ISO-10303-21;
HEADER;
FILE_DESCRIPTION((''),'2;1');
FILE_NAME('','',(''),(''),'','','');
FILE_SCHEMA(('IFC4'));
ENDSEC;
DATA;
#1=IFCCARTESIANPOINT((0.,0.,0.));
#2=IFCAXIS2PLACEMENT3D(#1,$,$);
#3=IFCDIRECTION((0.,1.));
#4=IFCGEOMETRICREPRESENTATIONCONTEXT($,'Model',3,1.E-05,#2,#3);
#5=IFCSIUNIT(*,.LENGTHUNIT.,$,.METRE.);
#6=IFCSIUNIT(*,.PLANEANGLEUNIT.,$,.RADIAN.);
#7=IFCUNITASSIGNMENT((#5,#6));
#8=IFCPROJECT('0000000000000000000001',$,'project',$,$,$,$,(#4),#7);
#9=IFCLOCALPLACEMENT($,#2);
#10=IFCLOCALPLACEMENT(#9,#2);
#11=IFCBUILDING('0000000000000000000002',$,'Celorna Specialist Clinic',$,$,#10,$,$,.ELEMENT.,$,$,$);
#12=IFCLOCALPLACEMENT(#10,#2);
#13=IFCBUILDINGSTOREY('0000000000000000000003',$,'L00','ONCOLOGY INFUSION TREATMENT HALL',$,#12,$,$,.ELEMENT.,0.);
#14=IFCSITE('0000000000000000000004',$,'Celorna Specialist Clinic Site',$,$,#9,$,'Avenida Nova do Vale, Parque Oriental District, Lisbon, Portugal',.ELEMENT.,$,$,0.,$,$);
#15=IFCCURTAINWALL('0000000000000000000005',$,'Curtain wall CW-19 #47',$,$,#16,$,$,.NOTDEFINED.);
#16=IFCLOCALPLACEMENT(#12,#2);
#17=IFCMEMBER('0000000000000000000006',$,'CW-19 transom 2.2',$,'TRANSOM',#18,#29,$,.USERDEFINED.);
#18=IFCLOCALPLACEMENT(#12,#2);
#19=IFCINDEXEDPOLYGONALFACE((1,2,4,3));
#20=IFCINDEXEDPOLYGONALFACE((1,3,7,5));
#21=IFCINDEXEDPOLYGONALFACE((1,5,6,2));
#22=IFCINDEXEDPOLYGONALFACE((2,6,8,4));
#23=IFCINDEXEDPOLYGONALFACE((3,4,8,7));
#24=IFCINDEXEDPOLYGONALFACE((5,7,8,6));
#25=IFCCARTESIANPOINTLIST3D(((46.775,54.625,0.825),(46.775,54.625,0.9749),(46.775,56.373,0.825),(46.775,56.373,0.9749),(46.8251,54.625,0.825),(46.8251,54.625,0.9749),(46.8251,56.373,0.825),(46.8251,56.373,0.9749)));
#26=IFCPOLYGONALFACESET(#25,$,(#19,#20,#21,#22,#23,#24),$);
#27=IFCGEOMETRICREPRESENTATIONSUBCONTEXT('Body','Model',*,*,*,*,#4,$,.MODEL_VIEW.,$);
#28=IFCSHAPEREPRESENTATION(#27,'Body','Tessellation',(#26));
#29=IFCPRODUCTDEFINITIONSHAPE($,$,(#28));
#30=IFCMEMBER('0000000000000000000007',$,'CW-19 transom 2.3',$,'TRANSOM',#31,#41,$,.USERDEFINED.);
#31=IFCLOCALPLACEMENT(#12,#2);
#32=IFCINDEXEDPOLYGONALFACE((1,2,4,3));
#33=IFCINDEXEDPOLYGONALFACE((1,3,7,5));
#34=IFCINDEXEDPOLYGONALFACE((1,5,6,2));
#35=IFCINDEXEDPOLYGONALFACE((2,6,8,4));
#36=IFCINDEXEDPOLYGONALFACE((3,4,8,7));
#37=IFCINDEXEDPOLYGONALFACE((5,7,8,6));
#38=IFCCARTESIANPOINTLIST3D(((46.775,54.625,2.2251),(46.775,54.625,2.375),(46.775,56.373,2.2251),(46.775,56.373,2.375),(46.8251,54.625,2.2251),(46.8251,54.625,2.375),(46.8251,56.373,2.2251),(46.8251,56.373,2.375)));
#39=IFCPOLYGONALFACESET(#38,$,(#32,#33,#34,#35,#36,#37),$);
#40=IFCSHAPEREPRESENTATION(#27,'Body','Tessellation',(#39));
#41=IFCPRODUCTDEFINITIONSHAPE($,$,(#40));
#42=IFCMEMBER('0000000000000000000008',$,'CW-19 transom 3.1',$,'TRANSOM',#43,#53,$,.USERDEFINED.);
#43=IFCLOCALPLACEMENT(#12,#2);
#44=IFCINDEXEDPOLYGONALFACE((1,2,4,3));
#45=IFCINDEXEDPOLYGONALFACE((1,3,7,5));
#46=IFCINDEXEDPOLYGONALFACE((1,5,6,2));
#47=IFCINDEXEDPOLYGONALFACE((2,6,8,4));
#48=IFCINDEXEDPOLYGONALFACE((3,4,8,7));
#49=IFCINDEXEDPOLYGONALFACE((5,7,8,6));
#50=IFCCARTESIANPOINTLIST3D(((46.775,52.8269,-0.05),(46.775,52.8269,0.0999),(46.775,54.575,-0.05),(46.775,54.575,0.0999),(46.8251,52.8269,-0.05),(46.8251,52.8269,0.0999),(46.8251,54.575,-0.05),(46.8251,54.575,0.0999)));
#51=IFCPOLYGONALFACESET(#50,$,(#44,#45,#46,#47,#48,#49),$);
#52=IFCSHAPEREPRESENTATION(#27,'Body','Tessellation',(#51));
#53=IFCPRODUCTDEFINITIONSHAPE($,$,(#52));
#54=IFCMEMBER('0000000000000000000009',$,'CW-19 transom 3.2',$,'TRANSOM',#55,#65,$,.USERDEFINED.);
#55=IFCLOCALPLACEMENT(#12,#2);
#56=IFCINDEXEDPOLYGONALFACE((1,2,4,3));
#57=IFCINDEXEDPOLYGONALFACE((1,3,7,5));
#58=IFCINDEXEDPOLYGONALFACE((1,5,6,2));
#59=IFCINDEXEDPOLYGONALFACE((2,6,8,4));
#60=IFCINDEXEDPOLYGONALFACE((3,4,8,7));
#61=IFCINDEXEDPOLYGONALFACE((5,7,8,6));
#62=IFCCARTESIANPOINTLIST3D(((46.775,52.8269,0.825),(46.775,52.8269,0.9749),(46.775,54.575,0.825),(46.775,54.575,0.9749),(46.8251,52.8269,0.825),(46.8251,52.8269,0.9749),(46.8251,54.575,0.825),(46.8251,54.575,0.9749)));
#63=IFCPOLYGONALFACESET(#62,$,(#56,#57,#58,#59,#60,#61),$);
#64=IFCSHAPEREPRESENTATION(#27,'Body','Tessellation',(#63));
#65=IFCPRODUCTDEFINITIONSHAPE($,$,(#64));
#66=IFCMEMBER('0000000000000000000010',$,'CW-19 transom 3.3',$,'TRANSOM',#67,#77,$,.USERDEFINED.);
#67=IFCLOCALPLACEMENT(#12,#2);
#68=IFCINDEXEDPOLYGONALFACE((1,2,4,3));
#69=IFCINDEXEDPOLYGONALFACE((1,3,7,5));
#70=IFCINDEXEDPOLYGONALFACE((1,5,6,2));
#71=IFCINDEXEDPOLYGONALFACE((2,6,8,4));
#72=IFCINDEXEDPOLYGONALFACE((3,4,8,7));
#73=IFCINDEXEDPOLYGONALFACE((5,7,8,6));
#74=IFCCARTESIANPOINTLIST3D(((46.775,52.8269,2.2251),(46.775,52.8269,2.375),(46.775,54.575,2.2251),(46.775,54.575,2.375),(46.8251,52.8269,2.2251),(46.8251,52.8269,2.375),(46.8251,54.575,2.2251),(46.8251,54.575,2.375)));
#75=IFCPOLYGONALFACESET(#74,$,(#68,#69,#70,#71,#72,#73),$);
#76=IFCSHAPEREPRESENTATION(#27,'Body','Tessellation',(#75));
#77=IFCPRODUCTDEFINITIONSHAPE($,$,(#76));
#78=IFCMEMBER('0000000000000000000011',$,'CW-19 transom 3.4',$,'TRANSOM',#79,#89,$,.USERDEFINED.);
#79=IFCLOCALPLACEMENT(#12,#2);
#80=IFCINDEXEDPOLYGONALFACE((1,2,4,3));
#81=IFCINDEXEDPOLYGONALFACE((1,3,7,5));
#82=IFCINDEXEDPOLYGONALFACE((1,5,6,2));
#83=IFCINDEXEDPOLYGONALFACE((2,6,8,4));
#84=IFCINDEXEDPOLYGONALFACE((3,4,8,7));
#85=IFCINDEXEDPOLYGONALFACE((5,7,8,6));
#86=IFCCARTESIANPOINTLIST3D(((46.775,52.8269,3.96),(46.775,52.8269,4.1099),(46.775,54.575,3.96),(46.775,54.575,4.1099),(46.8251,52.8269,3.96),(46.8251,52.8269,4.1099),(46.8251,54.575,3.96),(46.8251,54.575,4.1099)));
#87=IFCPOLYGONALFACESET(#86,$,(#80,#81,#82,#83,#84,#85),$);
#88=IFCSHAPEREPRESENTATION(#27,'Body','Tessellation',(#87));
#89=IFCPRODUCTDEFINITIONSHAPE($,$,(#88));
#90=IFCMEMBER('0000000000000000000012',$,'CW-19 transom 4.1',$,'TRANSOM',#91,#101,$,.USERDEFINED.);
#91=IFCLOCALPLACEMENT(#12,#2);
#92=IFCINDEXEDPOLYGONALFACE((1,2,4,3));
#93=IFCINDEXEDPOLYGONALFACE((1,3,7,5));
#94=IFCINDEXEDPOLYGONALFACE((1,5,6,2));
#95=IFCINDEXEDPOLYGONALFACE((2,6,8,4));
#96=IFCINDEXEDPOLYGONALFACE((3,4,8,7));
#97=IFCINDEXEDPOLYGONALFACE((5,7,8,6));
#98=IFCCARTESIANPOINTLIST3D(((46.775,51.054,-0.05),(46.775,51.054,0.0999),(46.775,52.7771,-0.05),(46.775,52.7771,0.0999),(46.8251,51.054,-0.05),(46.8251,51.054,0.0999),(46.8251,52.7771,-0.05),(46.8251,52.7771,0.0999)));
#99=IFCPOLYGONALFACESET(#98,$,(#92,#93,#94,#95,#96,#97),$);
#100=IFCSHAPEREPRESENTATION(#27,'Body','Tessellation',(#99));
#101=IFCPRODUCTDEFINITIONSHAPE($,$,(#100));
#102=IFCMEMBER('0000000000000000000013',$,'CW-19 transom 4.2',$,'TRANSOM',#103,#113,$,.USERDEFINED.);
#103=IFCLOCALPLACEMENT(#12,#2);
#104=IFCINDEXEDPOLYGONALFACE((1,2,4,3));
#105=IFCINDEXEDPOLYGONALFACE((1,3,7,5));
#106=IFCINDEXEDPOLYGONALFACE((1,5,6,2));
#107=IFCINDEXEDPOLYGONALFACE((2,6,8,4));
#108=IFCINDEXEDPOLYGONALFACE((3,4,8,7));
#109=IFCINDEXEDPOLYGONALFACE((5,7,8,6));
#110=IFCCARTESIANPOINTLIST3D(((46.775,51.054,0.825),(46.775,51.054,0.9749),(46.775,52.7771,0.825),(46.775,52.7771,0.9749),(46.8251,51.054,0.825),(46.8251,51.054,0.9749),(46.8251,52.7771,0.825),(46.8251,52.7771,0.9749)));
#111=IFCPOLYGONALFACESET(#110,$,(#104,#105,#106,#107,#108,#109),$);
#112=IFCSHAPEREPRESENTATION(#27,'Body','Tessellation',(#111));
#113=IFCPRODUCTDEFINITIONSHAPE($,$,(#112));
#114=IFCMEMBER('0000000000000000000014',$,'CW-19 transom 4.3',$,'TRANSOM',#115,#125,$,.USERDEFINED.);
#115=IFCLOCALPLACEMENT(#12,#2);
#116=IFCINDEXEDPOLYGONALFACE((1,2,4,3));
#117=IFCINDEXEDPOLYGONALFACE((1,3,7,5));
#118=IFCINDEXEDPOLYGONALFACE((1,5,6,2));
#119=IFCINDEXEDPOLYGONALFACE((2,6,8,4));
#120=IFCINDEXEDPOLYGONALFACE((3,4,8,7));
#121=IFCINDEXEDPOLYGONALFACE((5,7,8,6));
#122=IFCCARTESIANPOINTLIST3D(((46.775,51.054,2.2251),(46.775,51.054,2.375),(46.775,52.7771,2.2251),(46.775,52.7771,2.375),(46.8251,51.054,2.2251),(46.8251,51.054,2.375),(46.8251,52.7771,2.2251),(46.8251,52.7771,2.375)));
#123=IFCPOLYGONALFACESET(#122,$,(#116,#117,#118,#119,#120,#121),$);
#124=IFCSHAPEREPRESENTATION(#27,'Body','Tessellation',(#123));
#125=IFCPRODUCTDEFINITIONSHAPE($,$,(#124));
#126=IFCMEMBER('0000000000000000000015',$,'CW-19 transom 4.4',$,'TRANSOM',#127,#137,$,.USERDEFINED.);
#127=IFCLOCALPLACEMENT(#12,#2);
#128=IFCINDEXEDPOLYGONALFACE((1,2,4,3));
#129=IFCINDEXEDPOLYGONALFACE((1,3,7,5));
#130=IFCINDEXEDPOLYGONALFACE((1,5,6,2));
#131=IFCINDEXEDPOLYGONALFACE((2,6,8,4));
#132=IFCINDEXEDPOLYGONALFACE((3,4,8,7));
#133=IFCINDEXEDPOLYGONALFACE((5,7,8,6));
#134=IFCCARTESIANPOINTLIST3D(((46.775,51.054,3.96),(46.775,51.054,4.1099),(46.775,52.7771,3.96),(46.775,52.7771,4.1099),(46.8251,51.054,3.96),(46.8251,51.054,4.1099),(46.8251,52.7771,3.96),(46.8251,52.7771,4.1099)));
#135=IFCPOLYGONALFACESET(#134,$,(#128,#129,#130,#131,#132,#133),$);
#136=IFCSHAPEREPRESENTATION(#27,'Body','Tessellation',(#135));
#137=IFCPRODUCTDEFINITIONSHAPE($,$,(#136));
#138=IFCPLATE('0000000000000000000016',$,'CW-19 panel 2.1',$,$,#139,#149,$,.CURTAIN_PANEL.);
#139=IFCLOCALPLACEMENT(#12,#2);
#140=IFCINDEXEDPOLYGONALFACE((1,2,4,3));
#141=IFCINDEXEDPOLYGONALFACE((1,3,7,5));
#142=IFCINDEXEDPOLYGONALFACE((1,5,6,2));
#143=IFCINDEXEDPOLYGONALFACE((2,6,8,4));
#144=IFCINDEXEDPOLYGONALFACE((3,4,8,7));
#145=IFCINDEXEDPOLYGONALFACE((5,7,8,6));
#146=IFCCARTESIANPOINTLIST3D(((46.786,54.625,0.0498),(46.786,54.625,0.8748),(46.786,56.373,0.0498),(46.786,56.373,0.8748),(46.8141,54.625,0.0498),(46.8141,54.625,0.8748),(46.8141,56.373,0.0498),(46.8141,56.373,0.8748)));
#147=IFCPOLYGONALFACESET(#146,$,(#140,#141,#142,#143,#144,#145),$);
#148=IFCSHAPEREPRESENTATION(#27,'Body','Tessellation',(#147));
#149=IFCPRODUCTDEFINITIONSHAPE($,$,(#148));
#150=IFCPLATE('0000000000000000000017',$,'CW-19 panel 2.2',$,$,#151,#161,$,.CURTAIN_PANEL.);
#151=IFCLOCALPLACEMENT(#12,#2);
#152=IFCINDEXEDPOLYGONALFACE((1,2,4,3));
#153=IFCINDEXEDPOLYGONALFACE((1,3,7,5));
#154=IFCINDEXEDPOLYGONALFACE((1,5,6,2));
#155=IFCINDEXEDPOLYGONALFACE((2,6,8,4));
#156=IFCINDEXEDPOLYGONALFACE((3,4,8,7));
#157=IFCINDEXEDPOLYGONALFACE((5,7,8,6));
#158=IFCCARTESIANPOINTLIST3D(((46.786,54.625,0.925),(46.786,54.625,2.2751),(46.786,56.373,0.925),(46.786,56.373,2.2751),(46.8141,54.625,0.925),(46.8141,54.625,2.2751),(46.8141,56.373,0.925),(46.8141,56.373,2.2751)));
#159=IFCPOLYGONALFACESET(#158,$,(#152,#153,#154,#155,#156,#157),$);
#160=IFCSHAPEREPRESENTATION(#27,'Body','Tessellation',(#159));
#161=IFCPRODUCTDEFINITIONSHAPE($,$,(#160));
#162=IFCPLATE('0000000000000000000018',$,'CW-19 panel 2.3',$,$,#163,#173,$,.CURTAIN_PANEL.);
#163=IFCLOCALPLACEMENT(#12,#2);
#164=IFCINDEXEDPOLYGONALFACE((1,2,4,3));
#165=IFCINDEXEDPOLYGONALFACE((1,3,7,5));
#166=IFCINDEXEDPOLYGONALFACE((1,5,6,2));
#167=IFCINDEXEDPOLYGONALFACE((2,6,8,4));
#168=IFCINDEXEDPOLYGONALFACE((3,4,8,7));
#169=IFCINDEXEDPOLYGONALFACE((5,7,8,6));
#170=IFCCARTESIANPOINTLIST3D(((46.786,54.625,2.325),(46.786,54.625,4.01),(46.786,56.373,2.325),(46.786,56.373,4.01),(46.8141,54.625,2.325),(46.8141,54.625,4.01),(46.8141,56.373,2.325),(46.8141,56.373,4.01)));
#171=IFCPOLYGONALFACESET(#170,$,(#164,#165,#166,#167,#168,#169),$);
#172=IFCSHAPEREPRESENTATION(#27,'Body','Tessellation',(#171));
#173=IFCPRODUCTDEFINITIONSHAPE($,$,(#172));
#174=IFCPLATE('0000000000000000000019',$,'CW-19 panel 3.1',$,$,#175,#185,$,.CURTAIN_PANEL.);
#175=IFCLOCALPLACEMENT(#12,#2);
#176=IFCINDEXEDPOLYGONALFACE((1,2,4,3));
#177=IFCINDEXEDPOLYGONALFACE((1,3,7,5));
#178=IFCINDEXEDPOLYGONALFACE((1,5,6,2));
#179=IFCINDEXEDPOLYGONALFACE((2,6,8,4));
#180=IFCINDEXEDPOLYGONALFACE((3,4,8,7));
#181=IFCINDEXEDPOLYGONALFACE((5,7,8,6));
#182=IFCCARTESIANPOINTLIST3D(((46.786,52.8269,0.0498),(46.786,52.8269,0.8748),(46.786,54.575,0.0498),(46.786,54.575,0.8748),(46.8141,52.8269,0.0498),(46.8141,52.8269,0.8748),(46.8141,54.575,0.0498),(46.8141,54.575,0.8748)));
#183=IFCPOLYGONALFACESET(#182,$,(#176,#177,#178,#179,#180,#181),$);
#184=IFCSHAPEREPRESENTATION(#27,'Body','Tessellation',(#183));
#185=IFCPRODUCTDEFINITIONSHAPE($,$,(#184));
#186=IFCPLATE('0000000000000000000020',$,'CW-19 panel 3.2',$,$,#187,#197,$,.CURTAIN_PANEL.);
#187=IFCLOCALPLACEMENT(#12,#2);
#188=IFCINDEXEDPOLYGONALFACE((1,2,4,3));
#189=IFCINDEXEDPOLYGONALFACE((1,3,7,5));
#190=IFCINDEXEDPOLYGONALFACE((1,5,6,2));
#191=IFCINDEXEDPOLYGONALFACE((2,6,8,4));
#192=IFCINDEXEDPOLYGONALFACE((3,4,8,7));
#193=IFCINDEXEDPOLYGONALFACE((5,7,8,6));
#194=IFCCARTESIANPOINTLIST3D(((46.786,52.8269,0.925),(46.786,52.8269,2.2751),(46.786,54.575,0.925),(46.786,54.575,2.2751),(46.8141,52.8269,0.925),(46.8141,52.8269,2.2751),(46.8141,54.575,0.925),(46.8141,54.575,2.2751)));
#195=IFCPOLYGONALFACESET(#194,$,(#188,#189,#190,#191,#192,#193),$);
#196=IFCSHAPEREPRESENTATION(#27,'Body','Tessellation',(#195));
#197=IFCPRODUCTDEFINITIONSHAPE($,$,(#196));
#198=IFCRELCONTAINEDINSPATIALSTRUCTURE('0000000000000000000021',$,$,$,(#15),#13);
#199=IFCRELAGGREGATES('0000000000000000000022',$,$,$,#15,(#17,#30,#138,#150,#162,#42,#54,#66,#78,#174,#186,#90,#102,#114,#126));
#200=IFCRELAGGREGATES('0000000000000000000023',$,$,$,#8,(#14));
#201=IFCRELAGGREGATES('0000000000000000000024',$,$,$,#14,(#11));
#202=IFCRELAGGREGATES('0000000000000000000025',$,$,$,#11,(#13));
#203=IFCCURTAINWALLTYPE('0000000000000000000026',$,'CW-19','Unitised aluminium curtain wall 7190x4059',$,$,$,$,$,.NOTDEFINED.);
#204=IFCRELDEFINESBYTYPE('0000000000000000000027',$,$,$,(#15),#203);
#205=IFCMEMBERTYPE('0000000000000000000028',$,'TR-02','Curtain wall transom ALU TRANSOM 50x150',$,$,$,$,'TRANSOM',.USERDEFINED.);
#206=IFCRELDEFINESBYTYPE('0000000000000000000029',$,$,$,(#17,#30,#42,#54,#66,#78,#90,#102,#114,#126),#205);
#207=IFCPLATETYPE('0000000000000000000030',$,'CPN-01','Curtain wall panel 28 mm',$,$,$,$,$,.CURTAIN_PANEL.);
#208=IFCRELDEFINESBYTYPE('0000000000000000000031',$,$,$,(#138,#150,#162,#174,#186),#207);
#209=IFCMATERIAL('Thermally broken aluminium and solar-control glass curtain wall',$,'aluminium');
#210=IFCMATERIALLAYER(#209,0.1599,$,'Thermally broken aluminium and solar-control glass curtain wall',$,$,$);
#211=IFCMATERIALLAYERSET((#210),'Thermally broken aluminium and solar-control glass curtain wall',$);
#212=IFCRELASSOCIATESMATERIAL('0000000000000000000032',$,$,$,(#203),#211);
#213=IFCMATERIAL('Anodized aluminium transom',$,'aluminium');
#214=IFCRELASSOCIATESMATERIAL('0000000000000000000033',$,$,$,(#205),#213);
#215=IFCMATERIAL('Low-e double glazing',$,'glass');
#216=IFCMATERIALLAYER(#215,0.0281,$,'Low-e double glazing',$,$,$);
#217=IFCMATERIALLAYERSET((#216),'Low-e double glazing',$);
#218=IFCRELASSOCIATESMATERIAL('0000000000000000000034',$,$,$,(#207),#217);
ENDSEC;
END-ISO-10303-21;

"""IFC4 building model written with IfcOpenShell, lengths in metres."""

from ifc_helpers import new_model, si_unit, direction, frame, origin, origin_2d, place, context, subcontext, project, spatial, rectangle, extrude, material, layer, layer_set, material_profile, profile_set, type_object, element, aggregate, save


model = new_model("IFC4")

# Units and contexts
model_context = context("Model", 3, precision=1e-05, world=origin(), true_north=direction((0.0, 1.0)))
body_context = subcontext(model_context, "Body", "Model", "MODEL_VIEW")
ifc_project = project(units=[si_unit("LENGTHUNIT", "METRE"), si_unit("PLANEANGLEUNIT", "RADIAN")], contexts=[model_context])

# Site, building, storey
site_placement = place(None, origin())
site = spatial("IfcSite", under=ifc_project, at=site_placement, Name="Celorna Specialist Clinic Site", LongName="Avenida Nova do Vale, Parque Oriental District, Lisbon, Portugal", CompositionType="ELEMENT", RefElevation=0.0)
building_placement = place(site_placement, origin())
building = spatial("IfcBuilding", under=site, at=building_placement, Name="Celorna Specialist Clinic", CompositionType="ELEMENT")
storey_placement = place(building_placement, origin())
storey = spatial("IfcBuildingStorey", under=building, at=storey_placement, Name="L00", Description="ONCOLOGY INFUSION TREATMENT HALL", CompositionType="ELEMENT", Elevation=0.0)

# Curtain wall, members, plates
ifc_material_1 = material(Name="Thermally broken aluminium and solar-control glass curtain wall", Category="aluminium")
ifc_layer_1 = layer(ifc_material_1, 0.1599, Name="Thermally broken aluminium and solar-control glass curtain wall")
ifc_layer_set_1 = layer_set([ifc_layer_1], Name="Thermally broken aluminium and solar-control glass curtain wall")
curtain_wall_type = type_object("IfcCurtainWallType", Name="CW-19", Description="Unitised aluminium curtain wall 7190x4059", PredefinedType="NOTDEFINED", material=ifc_layer_set_1)
curtain_wall_placement = place(storey_placement, origin())
curtain_wall = element("IfcCurtainWall", 1, at=curtain_wall_placement, inside=storey, type_object=curtain_wall_type, Name="Curtain wall CW-19 #47", PredefinedType="NOTDEFINED")
ifc_material_2 = material(Name="Anodized aluminium transom", Category="aluminium")
ifc_material_profile_1 = material_profile(ifc_material_2, rectangle(XDim=0.05, YDim=0.1499, at=origin_2d()), Name="ALU TRANSOM 50x150")
ifc_profile_set_1 = profile_set([ifc_material_profile_1], Name="Anodized aluminium transom")
member_type_1 = type_object("IfcMemberType", Name="TR-02", Description="Curtain wall transom ALU TRANSOM 50x150", ElementType="TRANSOM", PredefinedType="USERDEFINED", material=ifc_profile_set_1)
member_1_placement = place(storey_placement, frame((46.8, 56.373, 0.8999), z_axis=(0.0, -1.0, 0.0), x_axis=(1.0, 0.0, 0.0)))
member_1 = element("IfcMember", 2, at=member_1_placement, type_object=member_type_1, Name="CW-19 transom 2.2", ObjectType="TRANSOM", PredefinedType="USERDEFINED", context=body_context, shape_type="SweptSolid", body=[
    extrude(rectangle(XDim=0.05, YDim=0.1499, at=origin_2d()), origin(), (0.0, 0.0, 1.0), 1.748),
])
member_2_placement = place(storey_placement, frame((46.8, 56.373, 2.3), z_axis=(0.0, -1.0, 0.0), x_axis=(1.0, 0.0, 0.0)))
member_2 = element("IfcMember", 3, at=member_2_placement, type_object=member_type_1, Name="CW-19 transom 2.3", ObjectType="TRANSOM", PredefinedType="USERDEFINED", context=body_context, shape_type="SweptSolid", body=[
    extrude(rectangle(XDim=0.05, YDim=0.1499, at=origin_2d()), origin(), (0.0, 0.0, 1.0), 1.748),
])
member_3_placement = place(storey_placement, frame((46.8, 54.575, 0.0249), z_axis=(0.0, -1.0, 0.0), x_axis=(1.0, 0.0, 0.0)))
member_3 = element("IfcMember", 4, at=member_3_placement, type_object=member_type_1, Name="CW-19 transom 3.1", ObjectType="TRANSOM", PredefinedType="USERDEFINED", context=body_context, shape_type="SweptSolid", body=[
    extrude(rectangle(XDim=0.05, YDim=0.1499, at=origin_2d()), origin(), (0.0, 0.0, 1.0), 1.748),
])
member_4_placement = place(storey_placement, frame((46.8, 54.575, 0.8999), z_axis=(0.0, -1.0, 0.0), x_axis=(1.0, 0.0, 0.0)))
member_4 = element("IfcMember", 5, at=member_4_placement, type_object=member_type_1, Name="CW-19 transom 3.2", ObjectType="TRANSOM", PredefinedType="USERDEFINED", context=body_context, shape_type="SweptSolid", body=[
    extrude(rectangle(XDim=0.05, YDim=0.1499, at=origin_2d()), origin(), (0.0, 0.0, 1.0), 1.748),
])
member_5_placement = place(storey_placement, frame((46.8, 54.575, 2.3), z_axis=(0.0, -1.0, 0.0), x_axis=(1.0, 0.0, 0.0)))
member_5 = element("IfcMember", 6, at=member_5_placement, type_object=member_type_1, Name="CW-19 transom 3.3", ObjectType="TRANSOM", PredefinedType="USERDEFINED", context=body_context, shape_type="SweptSolid", body=[
    extrude(rectangle(XDim=0.05, YDim=0.1499, at=origin_2d()), origin(), (0.0, 0.0, 1.0), 1.748),
])
member_6_placement = place(storey_placement, frame((46.8, 54.575, 4.0349), z_axis=(0.0, -1.0, 0.0), x_axis=(1.0, 0.0, 0.0)))
member_6 = element("IfcMember", 7, at=member_6_placement, type_object=member_type_1, Name="CW-19 transom 3.4", ObjectType="TRANSOM", PredefinedType="USERDEFINED", context=body_context, shape_type="SweptSolid", body=[
    extrude(rectangle(XDim=0.05, YDim=0.1499, at=origin_2d()), origin(), (0.0, 0.0, 1.0), 1.748),
])
member_7_placement = place(storey_placement, frame((46.8, 52.7771, 0.0249), z_axis=(0.0, -1.0, 0.0), x_axis=(1.0, 0.0, 0.0)))
member_7 = element("IfcMember", 8, at=member_7_placement, type_object=member_type_1, Name="CW-19 transom 4.1", ObjectType="TRANSOM", PredefinedType="USERDEFINED", context=body_context, shape_type="SweptSolid", body=[
    extrude(rectangle(XDim=0.05, YDim=0.1499, at=origin_2d()), origin(), (0.0, 0.0, 1.0), 1.7231),
])
member_8_placement = place(storey_placement, frame((46.8, 52.7771, 0.8999), z_axis=(0.0, -1.0, 0.0), x_axis=(1.0, 0.0, 0.0)))
member_8 = element("IfcMember", 9, at=member_8_placement, type_object=member_type_1, Name="CW-19 transom 4.2", ObjectType="TRANSOM", PredefinedType="USERDEFINED", context=body_context, shape_type="SweptSolid", body=[
    extrude(rectangle(XDim=0.05, YDim=0.1499, at=origin_2d()), origin(), (0.0, 0.0, 1.0), 1.7231),
])
member_9_placement = place(storey_placement, frame((46.8, 52.7771, 2.3), z_axis=(0.0, -1.0, 0.0), x_axis=(1.0, 0.0, 0.0)))
member_9 = element("IfcMember", 10, at=member_9_placement, type_object=member_type_1, Name="CW-19 transom 4.3", ObjectType="TRANSOM", PredefinedType="USERDEFINED", context=body_context, shape_type="SweptSolid", body=[
    extrude(rectangle(XDim=0.05, YDim=0.1499, at=origin_2d()), origin(), (0.0, 0.0, 1.0), 1.7231),
])
member_10_placement = place(storey_placement, frame((46.8, 52.7771, 4.0349), z_axis=(0.0, -1.0, 0.0), x_axis=(1.0, 0.0, 0.0)))
member_10 = element("IfcMember", 11, at=member_10_placement, type_object=member_type_1, Name="CW-19 transom 4.4", ObjectType="TRANSOM", PredefinedType="USERDEFINED", context=body_context, shape_type="SweptSolid", body=[
    extrude(rectangle(XDim=0.05, YDim=0.1499, at=origin_2d()), origin(), (0.0, 0.0, 1.0), 1.7231),
])
ifc_material_3 = material(Name="Low-e double glazing", Category="glass")
ifc_layer_2 = layer(ifc_material_3, 0.0281, Name="Low-e double glazing")
ifc_layer_set_2 = layer_set([ifc_layer_2], Name="Low-e double glazing")
plate_type = type_object("IfcPlateType", Name="CPN-01", Description="Curtain wall panel 28 mm", PredefinedType="CURTAIN_PANEL", material=ifc_layer_set_2)
plate_1_placement = place(storey_placement, frame((46.8, 55.499, 0.0498), z_axis=(0.0, 0.0, 1.0), x_axis=(0.0, -1.0, 0.0)))
plate_1 = element("IfcPlate", 12, at=plate_1_placement, type_object=plate_type, Name="CW-19 panel 2.1", PredefinedType="CURTAIN_PANEL", context=body_context, shape_type="SweptSolid", body=[
    extrude(rectangle(XDim=1.748, YDim=0.0281, at=origin_2d()), origin(), (0.0, 0.0, 1.0), 0.825),
])
plate_2_placement = place(storey_placement, frame((46.8, 55.499, 0.925), z_axis=(0.0, 0.0, 1.0), x_axis=(0.0, -1.0, 0.0)))
plate_2 = element("IfcPlate", 13, at=plate_2_placement, type_object=plate_type, Name="CW-19 panel 2.2", PredefinedType="CURTAIN_PANEL", context=body_context, shape_type="SweptSolid", body=[
    extrude(rectangle(XDim=1.748, YDim=0.0281, at=origin_2d()), origin(), (0.0, 0.0, 1.0), 1.3501),
])
plate_3_placement = place(storey_placement, frame((46.8, 55.499, 2.325), z_axis=(0.0, 0.0, 1.0), x_axis=(0.0, -1.0, 0.0)))
plate_3 = element("IfcPlate", 14, at=plate_3_placement, type_object=plate_type, Name="CW-19 panel 2.3", PredefinedType="CURTAIN_PANEL", context=body_context, shape_type="SweptSolid", body=[
    extrude(rectangle(XDim=1.748, YDim=0.0281, at=origin_2d()), origin(), (0.0, 0.0, 1.0), 1.6851),
])
plate_4_placement = place(storey_placement, frame((46.8, 53.7009, 0.0498), z_axis=(0.0, 0.0, 1.0), x_axis=(0.0, -1.0, 0.0)))
plate_4 = element("IfcPlate", 15, at=plate_4_placement, type_object=plate_type, Name="CW-19 panel 3.1", PredefinedType="CURTAIN_PANEL", context=body_context, shape_type="SweptSolid", body=[
    extrude(rectangle(XDim=1.748, YDim=0.0281, at=origin_2d()), origin(), (0.0, 0.0, 1.0), 0.825),
])
plate_5_placement = place(storey_placement, frame((46.8, 53.7009, 0.925), z_axis=(0.0, 0.0, 1.0), x_axis=(0.0, -1.0, 0.0)))
plate_5 = element("IfcPlate", 16, at=plate_5_placement, type_object=plate_type, Name="CW-19 panel 3.2", PredefinedType="CURTAIN_PANEL", context=body_context, shape_type="SweptSolid", body=[
    extrude(rectangle(XDim=1.748, YDim=0.0281, at=origin_2d()), origin(), (0.0, 0.0, 1.0), 1.3501),
])
aggregate(curtain_wall, [member_1, member_2, plate_1, plate_2, plate_3, member_3, member_4, member_5, member_6, plate_4, plate_5, member_7, member_8, member_9, member_10])

save(model, "model.ifc")
